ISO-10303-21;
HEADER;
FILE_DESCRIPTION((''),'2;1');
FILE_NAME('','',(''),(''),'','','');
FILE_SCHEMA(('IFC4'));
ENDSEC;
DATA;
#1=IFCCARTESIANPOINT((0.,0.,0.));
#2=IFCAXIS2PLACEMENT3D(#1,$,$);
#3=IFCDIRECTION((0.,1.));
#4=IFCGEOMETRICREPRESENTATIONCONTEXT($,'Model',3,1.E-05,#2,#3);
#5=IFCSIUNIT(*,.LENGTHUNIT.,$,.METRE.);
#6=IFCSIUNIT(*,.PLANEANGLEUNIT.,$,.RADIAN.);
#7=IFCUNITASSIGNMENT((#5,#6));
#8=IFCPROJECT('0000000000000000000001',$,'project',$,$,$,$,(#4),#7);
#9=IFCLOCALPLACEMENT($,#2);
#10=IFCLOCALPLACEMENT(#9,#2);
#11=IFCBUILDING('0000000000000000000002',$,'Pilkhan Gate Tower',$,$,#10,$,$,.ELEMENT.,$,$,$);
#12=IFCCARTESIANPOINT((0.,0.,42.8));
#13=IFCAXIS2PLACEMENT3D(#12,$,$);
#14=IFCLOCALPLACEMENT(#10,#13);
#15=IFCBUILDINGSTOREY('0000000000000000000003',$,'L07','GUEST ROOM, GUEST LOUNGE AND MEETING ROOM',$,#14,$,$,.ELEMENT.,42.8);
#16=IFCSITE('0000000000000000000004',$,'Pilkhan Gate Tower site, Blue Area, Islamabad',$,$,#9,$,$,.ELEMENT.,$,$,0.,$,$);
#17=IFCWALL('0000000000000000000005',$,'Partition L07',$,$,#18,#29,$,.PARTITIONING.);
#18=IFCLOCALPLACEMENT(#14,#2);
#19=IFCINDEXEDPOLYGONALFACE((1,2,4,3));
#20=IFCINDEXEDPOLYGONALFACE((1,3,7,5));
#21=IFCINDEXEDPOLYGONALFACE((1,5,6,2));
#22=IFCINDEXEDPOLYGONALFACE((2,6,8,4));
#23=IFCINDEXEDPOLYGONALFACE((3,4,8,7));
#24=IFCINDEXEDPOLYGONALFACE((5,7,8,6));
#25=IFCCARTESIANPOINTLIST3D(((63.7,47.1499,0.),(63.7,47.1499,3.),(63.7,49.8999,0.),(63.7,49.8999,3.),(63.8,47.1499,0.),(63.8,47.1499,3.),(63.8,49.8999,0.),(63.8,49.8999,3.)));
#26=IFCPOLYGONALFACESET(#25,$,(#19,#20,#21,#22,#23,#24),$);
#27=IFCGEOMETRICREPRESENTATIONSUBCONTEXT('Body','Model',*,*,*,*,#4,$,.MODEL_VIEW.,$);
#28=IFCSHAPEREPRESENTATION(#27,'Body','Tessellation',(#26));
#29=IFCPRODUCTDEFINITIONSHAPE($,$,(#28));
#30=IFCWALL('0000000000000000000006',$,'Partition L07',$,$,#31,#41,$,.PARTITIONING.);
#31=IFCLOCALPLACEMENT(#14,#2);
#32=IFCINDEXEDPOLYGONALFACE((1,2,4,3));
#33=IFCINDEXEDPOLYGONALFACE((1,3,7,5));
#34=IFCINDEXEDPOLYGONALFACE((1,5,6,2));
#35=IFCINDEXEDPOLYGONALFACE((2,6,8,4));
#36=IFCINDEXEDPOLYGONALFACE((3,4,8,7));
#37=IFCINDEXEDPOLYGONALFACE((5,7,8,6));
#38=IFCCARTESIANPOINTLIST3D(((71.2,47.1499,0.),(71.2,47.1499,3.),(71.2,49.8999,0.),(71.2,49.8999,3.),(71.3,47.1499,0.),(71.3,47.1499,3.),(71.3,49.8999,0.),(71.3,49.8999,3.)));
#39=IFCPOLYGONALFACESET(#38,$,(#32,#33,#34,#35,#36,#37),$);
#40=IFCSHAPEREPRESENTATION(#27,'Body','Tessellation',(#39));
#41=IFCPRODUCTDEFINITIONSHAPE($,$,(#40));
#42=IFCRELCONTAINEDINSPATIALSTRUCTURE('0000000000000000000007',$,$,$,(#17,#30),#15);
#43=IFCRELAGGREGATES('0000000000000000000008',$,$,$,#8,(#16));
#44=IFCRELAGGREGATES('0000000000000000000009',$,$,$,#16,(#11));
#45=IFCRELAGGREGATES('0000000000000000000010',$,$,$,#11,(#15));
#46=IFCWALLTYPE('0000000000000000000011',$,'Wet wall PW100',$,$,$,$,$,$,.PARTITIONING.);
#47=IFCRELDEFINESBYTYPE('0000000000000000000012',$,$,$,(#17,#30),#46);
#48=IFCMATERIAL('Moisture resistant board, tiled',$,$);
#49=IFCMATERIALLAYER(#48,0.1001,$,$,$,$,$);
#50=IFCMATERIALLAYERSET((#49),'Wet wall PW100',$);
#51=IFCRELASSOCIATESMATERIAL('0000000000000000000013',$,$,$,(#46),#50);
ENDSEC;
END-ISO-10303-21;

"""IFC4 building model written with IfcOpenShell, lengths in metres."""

from ifc_helpers import new_model, si_unit, direction, frame, frame_2d, origin, place, context, subcontext, project, spatial, rectangle, extrude, material, layer, layer_set, type_object, element, save


model = new_model("IFC4")

# Units and contexts
model_context = context("Model", 3, precision=1e-05, world=origin(), true_north=direction((0.0, 1.0)))
body_context = subcontext(model_context, "Body", "Model", "MODEL_VIEW")
ifc_project = project(units=[si_unit("LENGTHUNIT", "METRE"), si_unit("PLANEANGLEUNIT", "RADIAN")], contexts=[model_context])

# Site, building, storey
site_placement = place(None, origin())
site = spatial("IfcSite", under=ifc_project, at=site_placement, Name="Pilkhan Gate Tower site, Blue Area, Islamabad", CompositionType="ELEMENT", RefElevation=0.0)
building_placement = place(site_placement, origin())
building = spatial("IfcBuilding", under=site, at=building_placement, Name="Pilkhan Gate Tower", CompositionType="ELEMENT")
storey_placement = place(building_placement, frame((0.0, 0.0, 42.8)))
storey = spatial("IfcBuildingStorey", under=building, at=storey_placement, Name="L07", Description="GUEST ROOM, GUEST LOUNGE AND MEETING ROOM", CompositionType="ELEMENT", Elevation=42.8)

# Walls
ifc_material_1 = material(Name="Moisture resistant board, tiled")
ifc_layer_1 = layer(ifc_material_1, 0.1001)
ifc_layer_set_1 = layer_set([ifc_layer_1], Name="Wet wall PW100")
wall_type_1 = type_object("IfcWallType", Name="Wet wall PW100", PredefinedType="PARTITIONING", material=ifc_layer_set_1)
for number, where, z_axis, x_axis, name in (
    (1, (63.75, 47.1499, 0.0), (0.0, 0.0, 1.0), (0.0, 1.0, 0.0), "Partition L07"),
    (2, (71.25, 47.1499, 0.0), (0.0, 0.0, 1.0), (0.0, 1.0, 0.0), "Partition L07"),
):
    element("IfcWall", number, at=place(storey_placement, frame(where, z_axis=z_axis, x_axis=x_axis)), inside=storey, type_object=wall_type_1, Name=name, PredefinedType="PARTITIONING", context=body_context, shape_type="SweptSolid", body=[
        extrude(rectangle(XDim=2.75, YDim=0.1001, at=frame_2d((1.375, 0.0))), origin(), (0.0, 0.0, 1.0), 3.0),
    ])

save(model, "model.ifc")
